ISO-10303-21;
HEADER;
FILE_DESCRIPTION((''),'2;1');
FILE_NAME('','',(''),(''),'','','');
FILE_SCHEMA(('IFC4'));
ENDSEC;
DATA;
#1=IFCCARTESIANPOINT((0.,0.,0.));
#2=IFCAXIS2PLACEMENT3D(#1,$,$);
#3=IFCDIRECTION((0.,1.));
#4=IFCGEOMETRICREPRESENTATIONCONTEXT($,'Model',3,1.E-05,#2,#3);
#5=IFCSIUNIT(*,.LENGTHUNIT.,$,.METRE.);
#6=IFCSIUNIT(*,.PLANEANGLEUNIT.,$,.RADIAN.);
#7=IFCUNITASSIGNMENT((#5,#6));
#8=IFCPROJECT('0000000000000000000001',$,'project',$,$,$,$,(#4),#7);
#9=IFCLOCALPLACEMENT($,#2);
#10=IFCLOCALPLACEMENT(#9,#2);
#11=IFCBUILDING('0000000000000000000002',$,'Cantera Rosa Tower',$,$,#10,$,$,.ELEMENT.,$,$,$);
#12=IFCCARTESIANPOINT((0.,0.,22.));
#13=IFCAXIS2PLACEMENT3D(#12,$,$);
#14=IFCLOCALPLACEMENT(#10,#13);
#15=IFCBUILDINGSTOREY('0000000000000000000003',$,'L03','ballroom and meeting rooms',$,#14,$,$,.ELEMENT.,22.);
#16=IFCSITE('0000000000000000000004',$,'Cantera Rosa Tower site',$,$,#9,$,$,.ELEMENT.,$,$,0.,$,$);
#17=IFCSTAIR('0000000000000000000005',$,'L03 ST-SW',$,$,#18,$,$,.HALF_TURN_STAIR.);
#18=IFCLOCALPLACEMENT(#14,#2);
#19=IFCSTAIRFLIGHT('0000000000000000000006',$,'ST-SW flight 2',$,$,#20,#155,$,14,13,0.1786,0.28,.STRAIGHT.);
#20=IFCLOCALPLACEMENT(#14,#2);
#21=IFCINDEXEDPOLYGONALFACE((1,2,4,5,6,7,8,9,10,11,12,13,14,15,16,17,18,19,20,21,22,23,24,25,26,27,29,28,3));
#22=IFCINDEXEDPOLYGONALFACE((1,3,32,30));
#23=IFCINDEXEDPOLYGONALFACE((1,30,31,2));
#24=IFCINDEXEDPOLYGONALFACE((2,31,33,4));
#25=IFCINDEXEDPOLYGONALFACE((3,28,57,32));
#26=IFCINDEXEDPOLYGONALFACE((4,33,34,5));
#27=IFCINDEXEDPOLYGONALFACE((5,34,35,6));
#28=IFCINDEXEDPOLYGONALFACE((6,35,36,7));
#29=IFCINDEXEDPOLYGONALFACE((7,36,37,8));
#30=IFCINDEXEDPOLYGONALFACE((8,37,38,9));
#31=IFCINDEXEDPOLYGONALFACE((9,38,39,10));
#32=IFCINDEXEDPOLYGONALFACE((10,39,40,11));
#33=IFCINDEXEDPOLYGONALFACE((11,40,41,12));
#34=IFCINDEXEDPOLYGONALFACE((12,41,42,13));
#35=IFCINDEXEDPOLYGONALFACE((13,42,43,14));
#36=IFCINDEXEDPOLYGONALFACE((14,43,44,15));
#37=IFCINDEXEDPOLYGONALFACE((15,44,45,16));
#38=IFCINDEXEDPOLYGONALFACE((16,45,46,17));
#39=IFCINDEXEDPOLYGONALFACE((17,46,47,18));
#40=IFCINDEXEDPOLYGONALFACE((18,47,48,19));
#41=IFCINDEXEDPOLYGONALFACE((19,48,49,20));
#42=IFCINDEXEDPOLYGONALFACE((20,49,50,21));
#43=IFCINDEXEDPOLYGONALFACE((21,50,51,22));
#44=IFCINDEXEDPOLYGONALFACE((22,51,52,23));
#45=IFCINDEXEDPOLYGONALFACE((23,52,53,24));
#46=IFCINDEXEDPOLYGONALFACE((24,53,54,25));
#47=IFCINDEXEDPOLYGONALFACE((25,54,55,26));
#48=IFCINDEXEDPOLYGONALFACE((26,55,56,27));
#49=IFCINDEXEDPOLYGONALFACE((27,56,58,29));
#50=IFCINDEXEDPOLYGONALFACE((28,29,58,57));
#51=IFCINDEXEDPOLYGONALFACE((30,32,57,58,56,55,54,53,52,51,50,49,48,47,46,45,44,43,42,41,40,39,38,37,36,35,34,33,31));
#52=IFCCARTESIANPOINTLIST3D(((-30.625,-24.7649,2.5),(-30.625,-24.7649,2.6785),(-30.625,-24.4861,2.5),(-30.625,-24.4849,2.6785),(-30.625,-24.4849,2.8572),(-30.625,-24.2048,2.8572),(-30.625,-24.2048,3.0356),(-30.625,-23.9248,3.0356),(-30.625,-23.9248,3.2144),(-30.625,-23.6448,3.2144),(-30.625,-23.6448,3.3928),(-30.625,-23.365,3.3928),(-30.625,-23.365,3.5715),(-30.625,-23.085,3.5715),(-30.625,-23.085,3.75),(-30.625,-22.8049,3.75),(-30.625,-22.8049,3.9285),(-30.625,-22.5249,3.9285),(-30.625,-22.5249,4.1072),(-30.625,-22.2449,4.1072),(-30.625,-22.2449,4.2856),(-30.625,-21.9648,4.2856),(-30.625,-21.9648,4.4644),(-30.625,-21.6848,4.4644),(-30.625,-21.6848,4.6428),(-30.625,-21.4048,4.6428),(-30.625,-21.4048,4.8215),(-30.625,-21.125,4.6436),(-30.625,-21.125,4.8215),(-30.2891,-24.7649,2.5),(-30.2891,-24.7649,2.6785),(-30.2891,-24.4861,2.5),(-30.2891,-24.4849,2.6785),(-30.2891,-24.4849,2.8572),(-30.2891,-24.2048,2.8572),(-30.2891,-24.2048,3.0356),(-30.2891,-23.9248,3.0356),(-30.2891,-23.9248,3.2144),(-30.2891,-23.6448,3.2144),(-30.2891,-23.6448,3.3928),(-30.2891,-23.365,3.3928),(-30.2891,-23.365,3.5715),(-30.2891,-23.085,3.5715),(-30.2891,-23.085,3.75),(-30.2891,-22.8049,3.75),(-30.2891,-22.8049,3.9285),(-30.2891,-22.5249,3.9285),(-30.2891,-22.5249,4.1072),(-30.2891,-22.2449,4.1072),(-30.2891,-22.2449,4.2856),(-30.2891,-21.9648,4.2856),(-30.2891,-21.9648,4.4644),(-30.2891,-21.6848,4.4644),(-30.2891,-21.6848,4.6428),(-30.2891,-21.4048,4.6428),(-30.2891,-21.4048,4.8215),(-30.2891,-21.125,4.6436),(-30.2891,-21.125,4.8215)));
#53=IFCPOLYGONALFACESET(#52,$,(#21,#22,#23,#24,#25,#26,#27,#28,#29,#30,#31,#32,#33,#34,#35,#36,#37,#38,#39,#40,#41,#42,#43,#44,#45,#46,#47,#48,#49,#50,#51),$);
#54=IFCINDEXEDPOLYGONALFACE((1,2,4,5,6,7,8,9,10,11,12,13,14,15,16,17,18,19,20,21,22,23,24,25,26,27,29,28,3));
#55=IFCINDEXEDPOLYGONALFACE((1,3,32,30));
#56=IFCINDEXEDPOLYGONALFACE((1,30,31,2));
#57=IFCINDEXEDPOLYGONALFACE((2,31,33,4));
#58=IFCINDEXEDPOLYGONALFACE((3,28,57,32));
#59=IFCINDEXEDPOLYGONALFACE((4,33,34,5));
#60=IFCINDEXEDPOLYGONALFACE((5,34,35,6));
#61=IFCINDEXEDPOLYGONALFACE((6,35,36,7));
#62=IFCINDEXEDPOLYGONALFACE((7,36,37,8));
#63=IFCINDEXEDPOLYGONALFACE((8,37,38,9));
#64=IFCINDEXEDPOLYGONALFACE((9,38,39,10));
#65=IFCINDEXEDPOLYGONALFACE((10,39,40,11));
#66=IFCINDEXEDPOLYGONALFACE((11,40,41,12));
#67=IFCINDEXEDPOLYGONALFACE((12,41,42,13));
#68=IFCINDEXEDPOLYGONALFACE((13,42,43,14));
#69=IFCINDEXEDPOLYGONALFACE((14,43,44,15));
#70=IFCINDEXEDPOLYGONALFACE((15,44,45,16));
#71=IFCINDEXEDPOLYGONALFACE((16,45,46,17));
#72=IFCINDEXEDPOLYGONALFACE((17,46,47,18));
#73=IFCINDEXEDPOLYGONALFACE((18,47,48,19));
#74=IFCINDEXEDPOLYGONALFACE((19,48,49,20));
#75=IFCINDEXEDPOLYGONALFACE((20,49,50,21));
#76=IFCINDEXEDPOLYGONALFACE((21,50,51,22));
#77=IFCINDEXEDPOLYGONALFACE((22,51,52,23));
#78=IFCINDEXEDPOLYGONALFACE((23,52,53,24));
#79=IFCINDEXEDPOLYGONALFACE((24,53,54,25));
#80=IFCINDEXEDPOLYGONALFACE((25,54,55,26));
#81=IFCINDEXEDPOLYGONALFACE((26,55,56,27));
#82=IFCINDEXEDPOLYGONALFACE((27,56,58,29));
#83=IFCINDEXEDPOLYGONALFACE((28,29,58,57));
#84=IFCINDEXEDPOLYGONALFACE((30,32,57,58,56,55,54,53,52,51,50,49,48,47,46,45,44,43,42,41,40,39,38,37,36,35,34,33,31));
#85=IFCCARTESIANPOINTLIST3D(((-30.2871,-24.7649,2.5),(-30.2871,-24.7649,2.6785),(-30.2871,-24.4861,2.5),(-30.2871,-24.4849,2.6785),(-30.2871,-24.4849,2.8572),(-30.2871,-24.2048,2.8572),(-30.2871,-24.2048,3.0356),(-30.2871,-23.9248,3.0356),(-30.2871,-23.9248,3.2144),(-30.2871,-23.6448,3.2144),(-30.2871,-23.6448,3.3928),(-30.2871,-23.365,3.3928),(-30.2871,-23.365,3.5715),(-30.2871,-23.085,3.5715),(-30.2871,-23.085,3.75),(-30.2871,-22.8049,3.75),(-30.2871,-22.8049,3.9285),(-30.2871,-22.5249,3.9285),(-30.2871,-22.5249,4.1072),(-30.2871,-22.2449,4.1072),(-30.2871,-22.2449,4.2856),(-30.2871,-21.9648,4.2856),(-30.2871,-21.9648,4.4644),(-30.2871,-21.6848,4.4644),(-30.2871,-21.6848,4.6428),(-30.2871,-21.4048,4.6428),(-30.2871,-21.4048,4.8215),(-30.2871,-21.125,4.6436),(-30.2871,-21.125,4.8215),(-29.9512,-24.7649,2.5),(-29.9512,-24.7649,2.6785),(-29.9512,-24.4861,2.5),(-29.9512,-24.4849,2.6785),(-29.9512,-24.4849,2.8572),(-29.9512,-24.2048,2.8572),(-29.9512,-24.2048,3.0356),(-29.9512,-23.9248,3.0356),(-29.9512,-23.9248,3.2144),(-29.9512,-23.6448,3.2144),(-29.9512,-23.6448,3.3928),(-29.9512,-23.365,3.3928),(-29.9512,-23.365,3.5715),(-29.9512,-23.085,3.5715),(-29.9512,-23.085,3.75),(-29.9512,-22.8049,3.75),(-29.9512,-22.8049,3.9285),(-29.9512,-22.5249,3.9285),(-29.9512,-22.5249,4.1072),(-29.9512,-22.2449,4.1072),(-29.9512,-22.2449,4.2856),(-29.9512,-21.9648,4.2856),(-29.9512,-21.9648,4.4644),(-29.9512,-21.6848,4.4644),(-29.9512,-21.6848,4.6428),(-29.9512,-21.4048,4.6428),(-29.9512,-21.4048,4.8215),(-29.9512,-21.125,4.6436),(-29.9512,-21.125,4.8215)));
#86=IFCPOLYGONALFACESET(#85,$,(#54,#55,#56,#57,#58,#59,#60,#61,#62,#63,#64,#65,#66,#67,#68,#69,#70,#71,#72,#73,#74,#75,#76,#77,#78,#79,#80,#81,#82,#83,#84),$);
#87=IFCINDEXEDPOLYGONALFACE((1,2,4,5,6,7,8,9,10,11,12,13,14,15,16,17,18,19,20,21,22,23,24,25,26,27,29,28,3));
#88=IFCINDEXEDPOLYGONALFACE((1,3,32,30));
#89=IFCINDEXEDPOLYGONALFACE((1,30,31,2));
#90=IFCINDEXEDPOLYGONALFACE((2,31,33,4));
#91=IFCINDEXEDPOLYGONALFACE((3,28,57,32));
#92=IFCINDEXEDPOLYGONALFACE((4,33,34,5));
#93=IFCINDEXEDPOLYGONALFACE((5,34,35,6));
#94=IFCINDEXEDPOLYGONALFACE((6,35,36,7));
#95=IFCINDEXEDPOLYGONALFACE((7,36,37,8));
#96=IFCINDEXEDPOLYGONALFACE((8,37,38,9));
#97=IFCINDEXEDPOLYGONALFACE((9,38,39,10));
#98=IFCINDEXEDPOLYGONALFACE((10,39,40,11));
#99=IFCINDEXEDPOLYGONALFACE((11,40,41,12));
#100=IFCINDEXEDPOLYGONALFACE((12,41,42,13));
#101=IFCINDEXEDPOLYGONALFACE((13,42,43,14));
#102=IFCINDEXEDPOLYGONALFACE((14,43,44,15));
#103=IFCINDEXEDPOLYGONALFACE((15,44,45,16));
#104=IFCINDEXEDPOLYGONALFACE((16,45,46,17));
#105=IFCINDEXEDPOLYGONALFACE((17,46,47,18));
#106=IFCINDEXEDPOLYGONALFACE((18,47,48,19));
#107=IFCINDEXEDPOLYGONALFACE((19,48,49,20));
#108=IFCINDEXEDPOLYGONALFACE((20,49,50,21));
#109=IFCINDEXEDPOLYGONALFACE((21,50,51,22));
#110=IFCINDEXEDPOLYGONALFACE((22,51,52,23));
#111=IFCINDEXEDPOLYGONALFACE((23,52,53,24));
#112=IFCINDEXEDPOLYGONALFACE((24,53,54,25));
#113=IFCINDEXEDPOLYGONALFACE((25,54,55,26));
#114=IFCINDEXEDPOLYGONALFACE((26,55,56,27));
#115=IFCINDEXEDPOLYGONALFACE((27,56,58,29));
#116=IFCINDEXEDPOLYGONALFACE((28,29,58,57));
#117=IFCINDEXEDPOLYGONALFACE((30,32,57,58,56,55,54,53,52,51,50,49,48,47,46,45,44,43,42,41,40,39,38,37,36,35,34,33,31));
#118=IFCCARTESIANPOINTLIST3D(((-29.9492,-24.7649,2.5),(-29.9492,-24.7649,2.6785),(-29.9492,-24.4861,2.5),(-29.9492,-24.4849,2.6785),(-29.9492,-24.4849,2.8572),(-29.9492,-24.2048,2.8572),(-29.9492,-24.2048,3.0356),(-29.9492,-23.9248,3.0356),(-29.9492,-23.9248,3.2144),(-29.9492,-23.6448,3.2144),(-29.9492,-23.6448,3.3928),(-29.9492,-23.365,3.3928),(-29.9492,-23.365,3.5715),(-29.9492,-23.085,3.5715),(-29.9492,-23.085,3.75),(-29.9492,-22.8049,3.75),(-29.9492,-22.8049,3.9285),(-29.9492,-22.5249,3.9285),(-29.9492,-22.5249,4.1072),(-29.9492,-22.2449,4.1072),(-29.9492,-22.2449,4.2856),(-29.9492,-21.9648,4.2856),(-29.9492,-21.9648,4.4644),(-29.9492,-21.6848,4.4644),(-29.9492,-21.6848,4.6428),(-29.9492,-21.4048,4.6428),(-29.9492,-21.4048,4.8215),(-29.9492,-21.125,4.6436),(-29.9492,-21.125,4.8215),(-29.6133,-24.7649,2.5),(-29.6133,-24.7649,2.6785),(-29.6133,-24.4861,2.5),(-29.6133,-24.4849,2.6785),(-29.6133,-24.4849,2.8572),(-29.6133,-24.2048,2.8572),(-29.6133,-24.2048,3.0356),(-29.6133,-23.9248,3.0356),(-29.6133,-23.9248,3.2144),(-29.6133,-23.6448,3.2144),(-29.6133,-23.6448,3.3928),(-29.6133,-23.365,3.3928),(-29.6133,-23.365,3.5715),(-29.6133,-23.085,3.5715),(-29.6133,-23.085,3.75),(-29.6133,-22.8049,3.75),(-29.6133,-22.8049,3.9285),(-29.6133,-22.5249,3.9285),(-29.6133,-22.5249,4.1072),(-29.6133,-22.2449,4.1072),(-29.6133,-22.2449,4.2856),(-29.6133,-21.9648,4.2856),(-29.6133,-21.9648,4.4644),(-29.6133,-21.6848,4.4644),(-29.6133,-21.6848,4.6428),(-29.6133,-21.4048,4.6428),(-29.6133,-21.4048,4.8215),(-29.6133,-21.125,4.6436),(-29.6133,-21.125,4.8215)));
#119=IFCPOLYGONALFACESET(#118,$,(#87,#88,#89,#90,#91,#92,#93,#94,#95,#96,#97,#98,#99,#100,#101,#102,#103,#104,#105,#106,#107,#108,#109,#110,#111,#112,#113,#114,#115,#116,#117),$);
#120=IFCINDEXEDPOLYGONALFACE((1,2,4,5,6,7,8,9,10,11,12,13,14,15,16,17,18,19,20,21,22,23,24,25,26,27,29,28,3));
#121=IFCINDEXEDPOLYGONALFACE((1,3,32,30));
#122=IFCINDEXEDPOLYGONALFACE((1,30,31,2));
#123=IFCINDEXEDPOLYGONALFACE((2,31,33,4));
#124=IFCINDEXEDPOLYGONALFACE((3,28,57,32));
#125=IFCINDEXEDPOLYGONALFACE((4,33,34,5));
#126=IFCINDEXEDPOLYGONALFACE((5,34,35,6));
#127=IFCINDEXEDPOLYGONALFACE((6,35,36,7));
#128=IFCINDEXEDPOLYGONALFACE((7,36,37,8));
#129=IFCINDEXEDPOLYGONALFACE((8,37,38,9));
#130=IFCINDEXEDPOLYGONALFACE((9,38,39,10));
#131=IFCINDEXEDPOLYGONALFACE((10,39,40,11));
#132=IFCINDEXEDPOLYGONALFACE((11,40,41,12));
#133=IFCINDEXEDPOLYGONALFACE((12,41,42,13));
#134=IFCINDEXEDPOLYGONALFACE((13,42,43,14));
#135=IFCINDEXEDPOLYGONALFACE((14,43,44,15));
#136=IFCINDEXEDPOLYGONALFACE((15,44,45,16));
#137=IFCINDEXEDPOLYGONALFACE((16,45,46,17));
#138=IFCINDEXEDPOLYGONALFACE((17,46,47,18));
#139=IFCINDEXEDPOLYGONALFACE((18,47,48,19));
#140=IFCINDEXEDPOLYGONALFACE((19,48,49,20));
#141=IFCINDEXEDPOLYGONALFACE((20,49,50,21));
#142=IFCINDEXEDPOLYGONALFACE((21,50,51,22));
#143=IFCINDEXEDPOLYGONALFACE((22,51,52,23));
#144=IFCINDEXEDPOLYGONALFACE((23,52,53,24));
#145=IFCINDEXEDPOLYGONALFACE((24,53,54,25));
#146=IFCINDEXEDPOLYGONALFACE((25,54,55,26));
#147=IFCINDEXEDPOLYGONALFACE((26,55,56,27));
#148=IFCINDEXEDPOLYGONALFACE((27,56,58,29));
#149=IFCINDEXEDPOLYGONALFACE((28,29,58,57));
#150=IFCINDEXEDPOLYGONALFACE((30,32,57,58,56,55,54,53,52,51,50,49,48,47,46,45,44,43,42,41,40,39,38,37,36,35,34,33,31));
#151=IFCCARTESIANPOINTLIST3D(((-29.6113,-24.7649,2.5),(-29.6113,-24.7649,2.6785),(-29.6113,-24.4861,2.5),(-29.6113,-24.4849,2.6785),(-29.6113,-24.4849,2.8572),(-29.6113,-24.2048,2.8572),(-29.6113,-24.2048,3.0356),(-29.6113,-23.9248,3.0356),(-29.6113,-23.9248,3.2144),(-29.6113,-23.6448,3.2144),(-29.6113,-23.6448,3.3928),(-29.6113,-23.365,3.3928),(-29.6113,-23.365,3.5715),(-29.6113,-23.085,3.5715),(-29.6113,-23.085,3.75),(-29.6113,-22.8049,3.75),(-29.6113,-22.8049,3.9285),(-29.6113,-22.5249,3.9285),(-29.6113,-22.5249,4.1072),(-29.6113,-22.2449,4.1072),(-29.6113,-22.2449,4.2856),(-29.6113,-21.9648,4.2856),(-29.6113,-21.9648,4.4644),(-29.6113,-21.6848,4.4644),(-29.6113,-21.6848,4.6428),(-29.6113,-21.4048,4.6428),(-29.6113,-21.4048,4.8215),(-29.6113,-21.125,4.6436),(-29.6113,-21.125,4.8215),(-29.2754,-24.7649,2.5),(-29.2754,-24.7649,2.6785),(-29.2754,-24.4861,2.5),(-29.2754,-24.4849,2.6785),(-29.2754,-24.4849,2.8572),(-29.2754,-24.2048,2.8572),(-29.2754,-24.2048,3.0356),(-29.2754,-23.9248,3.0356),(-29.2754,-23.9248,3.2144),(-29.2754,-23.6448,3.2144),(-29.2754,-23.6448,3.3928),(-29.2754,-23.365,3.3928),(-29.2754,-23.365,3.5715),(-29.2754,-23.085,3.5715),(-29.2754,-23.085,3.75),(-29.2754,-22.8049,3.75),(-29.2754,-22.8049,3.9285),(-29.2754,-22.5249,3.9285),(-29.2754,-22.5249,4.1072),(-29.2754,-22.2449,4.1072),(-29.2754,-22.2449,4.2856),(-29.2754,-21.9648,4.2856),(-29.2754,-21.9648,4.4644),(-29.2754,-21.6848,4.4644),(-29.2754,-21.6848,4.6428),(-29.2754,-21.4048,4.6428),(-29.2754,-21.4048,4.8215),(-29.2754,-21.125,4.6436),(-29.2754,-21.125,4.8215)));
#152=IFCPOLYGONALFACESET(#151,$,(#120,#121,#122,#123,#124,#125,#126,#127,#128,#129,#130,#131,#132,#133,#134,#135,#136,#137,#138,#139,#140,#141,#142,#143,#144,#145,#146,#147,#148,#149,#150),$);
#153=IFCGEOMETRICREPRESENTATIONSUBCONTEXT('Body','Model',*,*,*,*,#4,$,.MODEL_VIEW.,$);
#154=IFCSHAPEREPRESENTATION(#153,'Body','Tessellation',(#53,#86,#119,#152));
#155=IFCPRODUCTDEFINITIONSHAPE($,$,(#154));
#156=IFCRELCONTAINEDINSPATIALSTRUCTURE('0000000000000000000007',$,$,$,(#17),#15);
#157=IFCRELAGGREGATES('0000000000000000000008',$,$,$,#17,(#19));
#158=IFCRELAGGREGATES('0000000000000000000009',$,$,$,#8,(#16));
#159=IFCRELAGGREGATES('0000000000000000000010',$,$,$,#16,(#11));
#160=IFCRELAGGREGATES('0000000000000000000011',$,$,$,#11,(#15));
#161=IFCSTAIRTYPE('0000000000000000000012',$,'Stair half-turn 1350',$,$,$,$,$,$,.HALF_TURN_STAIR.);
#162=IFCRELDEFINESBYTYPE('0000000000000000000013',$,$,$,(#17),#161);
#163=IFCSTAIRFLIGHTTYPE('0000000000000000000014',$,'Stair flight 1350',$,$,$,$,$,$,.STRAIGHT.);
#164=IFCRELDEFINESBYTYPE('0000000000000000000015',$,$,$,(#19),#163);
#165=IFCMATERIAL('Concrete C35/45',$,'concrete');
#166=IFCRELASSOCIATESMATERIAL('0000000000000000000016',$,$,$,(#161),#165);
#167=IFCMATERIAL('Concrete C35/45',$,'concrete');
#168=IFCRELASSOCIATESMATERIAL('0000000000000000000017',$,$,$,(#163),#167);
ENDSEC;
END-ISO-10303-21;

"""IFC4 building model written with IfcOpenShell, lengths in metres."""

from ifc_helpers import new_model, si_unit, direction, frame, origin, place, context, subcontext, project, spatial, polyline, outline, extrude, material, type_object, element, aggregate, save


model = new_model("IFC4")

# Units and contexts
model_context = context("Model", 3, precision=1e-05, world=origin(), true_north=direction((0.0, 1.0)))
body_context = subcontext(model_context, "Body", "Model", "MODEL_VIEW")
ifc_project = project(units=[si_unit("LENGTHUNIT", "METRE"), si_unit("PLANEANGLEUNIT", "RADIAN")], contexts=[model_context])

# Site, building, storey
site_placement = place(None, origin())
site = spatial("IfcSite", under=ifc_project, at=site_placement, Name="Cantera Rosa Tower site", CompositionType="ELEMENT", RefElevation=0.0)
building_placement = place(site_placement, origin())
building = spatial("IfcBuilding", under=site, at=building_placement, Name="Cantera Rosa Tower", CompositionType="ELEMENT")
storey_placement = place(building_placement, frame((0.0, 0.0, 22.0)))
storey = spatial("IfcBuildingStorey", under=building, at=storey_placement, Name="L03", Description="ballroom and meeting rooms", CompositionType="ELEMENT", Elevation=22.0)

# Stair, stair flight
ifc_material_1 = material(Name="Concrete C35/45", Category="concrete")
stair_type = type_object("IfcStairType", Name="Stair half-turn 1350", PredefinedType="HALF_TURN_STAIR", material=ifc_material_1)
stair_placement = place(storey_placement, origin())
stair = element("IfcStair", 1, at=stair_placement, inside=storey, type_object=stair_type, Name="L03 ST-SW", PredefinedType="HALF_TURN_STAIR")
ifc_material_2 = material(Name="Concrete C35/45", Category="concrete")
stair_flight_type = type_object("IfcStairFlightType", Name="Stair flight 1350", PredefinedType="STRAIGHT", material=ifc_material_2)
stair_flight_1_placement = place(storey_placement, frame((-29.95, -24.7649, 2.5), z_axis=(0.0, 0.0, 1.0), x_axis=(0.0, 1.0, 0.0)))
stair_flight_1 = element("IfcStairFlight", 2, at=stair_flight_1_placement, type_object=stair_flight_type, Name="ST-SW flight 2", NumberOfRisers=14, NumberOfTreads=13, PredefinedType="STRAIGHT", RiserHeight=0.1786, TreadLength=0.28, context=body_context, shape_type="SweptSolid", body=[
    extrude(outline(polyline([(0.0, 0.0), (0.0, 0.1785), (0.28, 0.1785), (0.28, 0.3572), (0.5601, 0.3572), (0.5601, 0.5356), (0.8401, 0.5356), (0.8401, 0.7144), (1.1201, 0.7144), (1.1201, 0.8928), (1.3999, 0.8928), (1.3999, 1.0715), (1.6799, 1.0715), (1.6799, 1.25), (1.96, 1.25), (1.96, 1.4285), (2.24, 1.4285), (2.24, 1.6072), (2.52, 1.6072), (2.52, 1.7856), (2.8, 1.7856), (2.8, 1.9644), (3.0801, 1.9644), (3.0801, 2.1428), (3.3601, 2.1428), (3.3601, 2.3215), (3.6399, 2.3215), (3.6399, 2.5), (3.6399, 2.1436), (0.2788, 0.0), (0.0, 0.0)])), frame((0.0, 0.675, 0.0), z_axis=(0.0, -1.0, 0.0), x_axis=(1.0, 0.0, 0.0)), (0.0, 0.0, 1.0), 0.3359),
    extrude(outline(polyline([(0.0, 0.0), (0.0, 0.1785), (0.28, 0.1785), (0.28, 0.3572), (0.5601, 0.3572), (0.5601, 0.5356), (0.8401, 0.5356), (0.8401, 0.7144), (1.1201, 0.7144), (1.1201, 0.8928), (1.3999, 0.8928), (1.3999, 1.0715), (1.6799, 1.0715), (1.6799, 1.25), (1.96, 1.25), (1.96, 1.4285), (2.24, 1.4285), (2.24, 1.6072), (2.52, 1.6072), (2.52, 1.7856), (2.8, 1.7856), (2.8, 1.9644), (3.0801, 1.9644), (3.0801, 2.1428), (3.3601, 2.1428), (3.3601, 2.3215), (3.6399, 2.3215), (3.6399, 2.5), (3.6399, 2.1436), (0.2788, 0.0), (0.0, 0.0)])), frame((0.0, 0.3372, 0.0), z_axis=(0.0, -1.0, 0.0), x_axis=(1.0, 0.0, 0.0)), (0.0, 0.0, 1.0), 0.3359),
    extrude(outline(polyline([(0.0, 0.0), (0.0, 0.1785), (0.28, 0.1785), (0.28, 0.3572), (0.5601, 0.3572), (0.5601, 0.5356), (0.8401, 0.5356), (0.8401, 0.7144), (1.1201, 0.7144), (1.1201, 0.8928), (1.3999, 0.8928), (1.3999, 1.0715), (1.6799, 1.0715), (1.6799, 1.25), (1.96, 1.25), (1.96, 1.4285), (2.24, 1.4285), (2.24, 1.6072), (2.52, 1.6072), (2.52, 1.7856), (2.8, 1.7856), (2.8, 1.9644), (3.0801, 1.9644), (3.0801, 2.1428), (3.3601, 2.1428), (3.3601, 2.3215), (3.6399, 2.3215), (3.6399, 2.5), (3.6399, 2.1436), (0.2788, 0.0), (0.0, 0.0)])), frame((0.0, -0.0007, 0.0), z_axis=(0.0, -1.0, 0.0), x_axis=(1.0, 0.0, 0.0)), (0.0, 0.0, 1.0), 0.3359),
    extrude(outline(polyline([(0.0, 0.0), (0.0, 0.1785), (0.28, 0.1785), (0.28, 0.3572), (0.5601, 0.3572), (0.5601, 0.5356), (0.8401, 0.5356), (0.8401, 0.7144), (1.1201, 0.7144), (1.1201, 0.8928), (1.3999, 0.8928), (1.3999, 1.0715), (1.6799, 1.0715), (1.6799, 1.25), (1.96, 1.25), (1.96, 1.4285), (2.24, 1.4285), (2.24, 1.6072), (2.52, 1.6072), (2.52, 1.7856), (2.8, 1.7856), (2.8, 1.9644), (3.0801, 1.9644), (3.0801, 2.1428), (3.3601, 2.1428), (3.3601, 2.3215), (3.6399, 2.3215), (3.6399, 2.5), (3.6399, 2.1436), (0.2788, 0.0), (0.0, 0.0)])), frame((0.0, -0.3386, 0.0), z_axis=(0.0, -1.0, 0.0), x_axis=(1.0, 0.0, 0.0)), (0.0, 0.0, 1.0), 0.3359),
])
aggregate(stair, [stair_flight_1])

save(model, "model.ifc")
